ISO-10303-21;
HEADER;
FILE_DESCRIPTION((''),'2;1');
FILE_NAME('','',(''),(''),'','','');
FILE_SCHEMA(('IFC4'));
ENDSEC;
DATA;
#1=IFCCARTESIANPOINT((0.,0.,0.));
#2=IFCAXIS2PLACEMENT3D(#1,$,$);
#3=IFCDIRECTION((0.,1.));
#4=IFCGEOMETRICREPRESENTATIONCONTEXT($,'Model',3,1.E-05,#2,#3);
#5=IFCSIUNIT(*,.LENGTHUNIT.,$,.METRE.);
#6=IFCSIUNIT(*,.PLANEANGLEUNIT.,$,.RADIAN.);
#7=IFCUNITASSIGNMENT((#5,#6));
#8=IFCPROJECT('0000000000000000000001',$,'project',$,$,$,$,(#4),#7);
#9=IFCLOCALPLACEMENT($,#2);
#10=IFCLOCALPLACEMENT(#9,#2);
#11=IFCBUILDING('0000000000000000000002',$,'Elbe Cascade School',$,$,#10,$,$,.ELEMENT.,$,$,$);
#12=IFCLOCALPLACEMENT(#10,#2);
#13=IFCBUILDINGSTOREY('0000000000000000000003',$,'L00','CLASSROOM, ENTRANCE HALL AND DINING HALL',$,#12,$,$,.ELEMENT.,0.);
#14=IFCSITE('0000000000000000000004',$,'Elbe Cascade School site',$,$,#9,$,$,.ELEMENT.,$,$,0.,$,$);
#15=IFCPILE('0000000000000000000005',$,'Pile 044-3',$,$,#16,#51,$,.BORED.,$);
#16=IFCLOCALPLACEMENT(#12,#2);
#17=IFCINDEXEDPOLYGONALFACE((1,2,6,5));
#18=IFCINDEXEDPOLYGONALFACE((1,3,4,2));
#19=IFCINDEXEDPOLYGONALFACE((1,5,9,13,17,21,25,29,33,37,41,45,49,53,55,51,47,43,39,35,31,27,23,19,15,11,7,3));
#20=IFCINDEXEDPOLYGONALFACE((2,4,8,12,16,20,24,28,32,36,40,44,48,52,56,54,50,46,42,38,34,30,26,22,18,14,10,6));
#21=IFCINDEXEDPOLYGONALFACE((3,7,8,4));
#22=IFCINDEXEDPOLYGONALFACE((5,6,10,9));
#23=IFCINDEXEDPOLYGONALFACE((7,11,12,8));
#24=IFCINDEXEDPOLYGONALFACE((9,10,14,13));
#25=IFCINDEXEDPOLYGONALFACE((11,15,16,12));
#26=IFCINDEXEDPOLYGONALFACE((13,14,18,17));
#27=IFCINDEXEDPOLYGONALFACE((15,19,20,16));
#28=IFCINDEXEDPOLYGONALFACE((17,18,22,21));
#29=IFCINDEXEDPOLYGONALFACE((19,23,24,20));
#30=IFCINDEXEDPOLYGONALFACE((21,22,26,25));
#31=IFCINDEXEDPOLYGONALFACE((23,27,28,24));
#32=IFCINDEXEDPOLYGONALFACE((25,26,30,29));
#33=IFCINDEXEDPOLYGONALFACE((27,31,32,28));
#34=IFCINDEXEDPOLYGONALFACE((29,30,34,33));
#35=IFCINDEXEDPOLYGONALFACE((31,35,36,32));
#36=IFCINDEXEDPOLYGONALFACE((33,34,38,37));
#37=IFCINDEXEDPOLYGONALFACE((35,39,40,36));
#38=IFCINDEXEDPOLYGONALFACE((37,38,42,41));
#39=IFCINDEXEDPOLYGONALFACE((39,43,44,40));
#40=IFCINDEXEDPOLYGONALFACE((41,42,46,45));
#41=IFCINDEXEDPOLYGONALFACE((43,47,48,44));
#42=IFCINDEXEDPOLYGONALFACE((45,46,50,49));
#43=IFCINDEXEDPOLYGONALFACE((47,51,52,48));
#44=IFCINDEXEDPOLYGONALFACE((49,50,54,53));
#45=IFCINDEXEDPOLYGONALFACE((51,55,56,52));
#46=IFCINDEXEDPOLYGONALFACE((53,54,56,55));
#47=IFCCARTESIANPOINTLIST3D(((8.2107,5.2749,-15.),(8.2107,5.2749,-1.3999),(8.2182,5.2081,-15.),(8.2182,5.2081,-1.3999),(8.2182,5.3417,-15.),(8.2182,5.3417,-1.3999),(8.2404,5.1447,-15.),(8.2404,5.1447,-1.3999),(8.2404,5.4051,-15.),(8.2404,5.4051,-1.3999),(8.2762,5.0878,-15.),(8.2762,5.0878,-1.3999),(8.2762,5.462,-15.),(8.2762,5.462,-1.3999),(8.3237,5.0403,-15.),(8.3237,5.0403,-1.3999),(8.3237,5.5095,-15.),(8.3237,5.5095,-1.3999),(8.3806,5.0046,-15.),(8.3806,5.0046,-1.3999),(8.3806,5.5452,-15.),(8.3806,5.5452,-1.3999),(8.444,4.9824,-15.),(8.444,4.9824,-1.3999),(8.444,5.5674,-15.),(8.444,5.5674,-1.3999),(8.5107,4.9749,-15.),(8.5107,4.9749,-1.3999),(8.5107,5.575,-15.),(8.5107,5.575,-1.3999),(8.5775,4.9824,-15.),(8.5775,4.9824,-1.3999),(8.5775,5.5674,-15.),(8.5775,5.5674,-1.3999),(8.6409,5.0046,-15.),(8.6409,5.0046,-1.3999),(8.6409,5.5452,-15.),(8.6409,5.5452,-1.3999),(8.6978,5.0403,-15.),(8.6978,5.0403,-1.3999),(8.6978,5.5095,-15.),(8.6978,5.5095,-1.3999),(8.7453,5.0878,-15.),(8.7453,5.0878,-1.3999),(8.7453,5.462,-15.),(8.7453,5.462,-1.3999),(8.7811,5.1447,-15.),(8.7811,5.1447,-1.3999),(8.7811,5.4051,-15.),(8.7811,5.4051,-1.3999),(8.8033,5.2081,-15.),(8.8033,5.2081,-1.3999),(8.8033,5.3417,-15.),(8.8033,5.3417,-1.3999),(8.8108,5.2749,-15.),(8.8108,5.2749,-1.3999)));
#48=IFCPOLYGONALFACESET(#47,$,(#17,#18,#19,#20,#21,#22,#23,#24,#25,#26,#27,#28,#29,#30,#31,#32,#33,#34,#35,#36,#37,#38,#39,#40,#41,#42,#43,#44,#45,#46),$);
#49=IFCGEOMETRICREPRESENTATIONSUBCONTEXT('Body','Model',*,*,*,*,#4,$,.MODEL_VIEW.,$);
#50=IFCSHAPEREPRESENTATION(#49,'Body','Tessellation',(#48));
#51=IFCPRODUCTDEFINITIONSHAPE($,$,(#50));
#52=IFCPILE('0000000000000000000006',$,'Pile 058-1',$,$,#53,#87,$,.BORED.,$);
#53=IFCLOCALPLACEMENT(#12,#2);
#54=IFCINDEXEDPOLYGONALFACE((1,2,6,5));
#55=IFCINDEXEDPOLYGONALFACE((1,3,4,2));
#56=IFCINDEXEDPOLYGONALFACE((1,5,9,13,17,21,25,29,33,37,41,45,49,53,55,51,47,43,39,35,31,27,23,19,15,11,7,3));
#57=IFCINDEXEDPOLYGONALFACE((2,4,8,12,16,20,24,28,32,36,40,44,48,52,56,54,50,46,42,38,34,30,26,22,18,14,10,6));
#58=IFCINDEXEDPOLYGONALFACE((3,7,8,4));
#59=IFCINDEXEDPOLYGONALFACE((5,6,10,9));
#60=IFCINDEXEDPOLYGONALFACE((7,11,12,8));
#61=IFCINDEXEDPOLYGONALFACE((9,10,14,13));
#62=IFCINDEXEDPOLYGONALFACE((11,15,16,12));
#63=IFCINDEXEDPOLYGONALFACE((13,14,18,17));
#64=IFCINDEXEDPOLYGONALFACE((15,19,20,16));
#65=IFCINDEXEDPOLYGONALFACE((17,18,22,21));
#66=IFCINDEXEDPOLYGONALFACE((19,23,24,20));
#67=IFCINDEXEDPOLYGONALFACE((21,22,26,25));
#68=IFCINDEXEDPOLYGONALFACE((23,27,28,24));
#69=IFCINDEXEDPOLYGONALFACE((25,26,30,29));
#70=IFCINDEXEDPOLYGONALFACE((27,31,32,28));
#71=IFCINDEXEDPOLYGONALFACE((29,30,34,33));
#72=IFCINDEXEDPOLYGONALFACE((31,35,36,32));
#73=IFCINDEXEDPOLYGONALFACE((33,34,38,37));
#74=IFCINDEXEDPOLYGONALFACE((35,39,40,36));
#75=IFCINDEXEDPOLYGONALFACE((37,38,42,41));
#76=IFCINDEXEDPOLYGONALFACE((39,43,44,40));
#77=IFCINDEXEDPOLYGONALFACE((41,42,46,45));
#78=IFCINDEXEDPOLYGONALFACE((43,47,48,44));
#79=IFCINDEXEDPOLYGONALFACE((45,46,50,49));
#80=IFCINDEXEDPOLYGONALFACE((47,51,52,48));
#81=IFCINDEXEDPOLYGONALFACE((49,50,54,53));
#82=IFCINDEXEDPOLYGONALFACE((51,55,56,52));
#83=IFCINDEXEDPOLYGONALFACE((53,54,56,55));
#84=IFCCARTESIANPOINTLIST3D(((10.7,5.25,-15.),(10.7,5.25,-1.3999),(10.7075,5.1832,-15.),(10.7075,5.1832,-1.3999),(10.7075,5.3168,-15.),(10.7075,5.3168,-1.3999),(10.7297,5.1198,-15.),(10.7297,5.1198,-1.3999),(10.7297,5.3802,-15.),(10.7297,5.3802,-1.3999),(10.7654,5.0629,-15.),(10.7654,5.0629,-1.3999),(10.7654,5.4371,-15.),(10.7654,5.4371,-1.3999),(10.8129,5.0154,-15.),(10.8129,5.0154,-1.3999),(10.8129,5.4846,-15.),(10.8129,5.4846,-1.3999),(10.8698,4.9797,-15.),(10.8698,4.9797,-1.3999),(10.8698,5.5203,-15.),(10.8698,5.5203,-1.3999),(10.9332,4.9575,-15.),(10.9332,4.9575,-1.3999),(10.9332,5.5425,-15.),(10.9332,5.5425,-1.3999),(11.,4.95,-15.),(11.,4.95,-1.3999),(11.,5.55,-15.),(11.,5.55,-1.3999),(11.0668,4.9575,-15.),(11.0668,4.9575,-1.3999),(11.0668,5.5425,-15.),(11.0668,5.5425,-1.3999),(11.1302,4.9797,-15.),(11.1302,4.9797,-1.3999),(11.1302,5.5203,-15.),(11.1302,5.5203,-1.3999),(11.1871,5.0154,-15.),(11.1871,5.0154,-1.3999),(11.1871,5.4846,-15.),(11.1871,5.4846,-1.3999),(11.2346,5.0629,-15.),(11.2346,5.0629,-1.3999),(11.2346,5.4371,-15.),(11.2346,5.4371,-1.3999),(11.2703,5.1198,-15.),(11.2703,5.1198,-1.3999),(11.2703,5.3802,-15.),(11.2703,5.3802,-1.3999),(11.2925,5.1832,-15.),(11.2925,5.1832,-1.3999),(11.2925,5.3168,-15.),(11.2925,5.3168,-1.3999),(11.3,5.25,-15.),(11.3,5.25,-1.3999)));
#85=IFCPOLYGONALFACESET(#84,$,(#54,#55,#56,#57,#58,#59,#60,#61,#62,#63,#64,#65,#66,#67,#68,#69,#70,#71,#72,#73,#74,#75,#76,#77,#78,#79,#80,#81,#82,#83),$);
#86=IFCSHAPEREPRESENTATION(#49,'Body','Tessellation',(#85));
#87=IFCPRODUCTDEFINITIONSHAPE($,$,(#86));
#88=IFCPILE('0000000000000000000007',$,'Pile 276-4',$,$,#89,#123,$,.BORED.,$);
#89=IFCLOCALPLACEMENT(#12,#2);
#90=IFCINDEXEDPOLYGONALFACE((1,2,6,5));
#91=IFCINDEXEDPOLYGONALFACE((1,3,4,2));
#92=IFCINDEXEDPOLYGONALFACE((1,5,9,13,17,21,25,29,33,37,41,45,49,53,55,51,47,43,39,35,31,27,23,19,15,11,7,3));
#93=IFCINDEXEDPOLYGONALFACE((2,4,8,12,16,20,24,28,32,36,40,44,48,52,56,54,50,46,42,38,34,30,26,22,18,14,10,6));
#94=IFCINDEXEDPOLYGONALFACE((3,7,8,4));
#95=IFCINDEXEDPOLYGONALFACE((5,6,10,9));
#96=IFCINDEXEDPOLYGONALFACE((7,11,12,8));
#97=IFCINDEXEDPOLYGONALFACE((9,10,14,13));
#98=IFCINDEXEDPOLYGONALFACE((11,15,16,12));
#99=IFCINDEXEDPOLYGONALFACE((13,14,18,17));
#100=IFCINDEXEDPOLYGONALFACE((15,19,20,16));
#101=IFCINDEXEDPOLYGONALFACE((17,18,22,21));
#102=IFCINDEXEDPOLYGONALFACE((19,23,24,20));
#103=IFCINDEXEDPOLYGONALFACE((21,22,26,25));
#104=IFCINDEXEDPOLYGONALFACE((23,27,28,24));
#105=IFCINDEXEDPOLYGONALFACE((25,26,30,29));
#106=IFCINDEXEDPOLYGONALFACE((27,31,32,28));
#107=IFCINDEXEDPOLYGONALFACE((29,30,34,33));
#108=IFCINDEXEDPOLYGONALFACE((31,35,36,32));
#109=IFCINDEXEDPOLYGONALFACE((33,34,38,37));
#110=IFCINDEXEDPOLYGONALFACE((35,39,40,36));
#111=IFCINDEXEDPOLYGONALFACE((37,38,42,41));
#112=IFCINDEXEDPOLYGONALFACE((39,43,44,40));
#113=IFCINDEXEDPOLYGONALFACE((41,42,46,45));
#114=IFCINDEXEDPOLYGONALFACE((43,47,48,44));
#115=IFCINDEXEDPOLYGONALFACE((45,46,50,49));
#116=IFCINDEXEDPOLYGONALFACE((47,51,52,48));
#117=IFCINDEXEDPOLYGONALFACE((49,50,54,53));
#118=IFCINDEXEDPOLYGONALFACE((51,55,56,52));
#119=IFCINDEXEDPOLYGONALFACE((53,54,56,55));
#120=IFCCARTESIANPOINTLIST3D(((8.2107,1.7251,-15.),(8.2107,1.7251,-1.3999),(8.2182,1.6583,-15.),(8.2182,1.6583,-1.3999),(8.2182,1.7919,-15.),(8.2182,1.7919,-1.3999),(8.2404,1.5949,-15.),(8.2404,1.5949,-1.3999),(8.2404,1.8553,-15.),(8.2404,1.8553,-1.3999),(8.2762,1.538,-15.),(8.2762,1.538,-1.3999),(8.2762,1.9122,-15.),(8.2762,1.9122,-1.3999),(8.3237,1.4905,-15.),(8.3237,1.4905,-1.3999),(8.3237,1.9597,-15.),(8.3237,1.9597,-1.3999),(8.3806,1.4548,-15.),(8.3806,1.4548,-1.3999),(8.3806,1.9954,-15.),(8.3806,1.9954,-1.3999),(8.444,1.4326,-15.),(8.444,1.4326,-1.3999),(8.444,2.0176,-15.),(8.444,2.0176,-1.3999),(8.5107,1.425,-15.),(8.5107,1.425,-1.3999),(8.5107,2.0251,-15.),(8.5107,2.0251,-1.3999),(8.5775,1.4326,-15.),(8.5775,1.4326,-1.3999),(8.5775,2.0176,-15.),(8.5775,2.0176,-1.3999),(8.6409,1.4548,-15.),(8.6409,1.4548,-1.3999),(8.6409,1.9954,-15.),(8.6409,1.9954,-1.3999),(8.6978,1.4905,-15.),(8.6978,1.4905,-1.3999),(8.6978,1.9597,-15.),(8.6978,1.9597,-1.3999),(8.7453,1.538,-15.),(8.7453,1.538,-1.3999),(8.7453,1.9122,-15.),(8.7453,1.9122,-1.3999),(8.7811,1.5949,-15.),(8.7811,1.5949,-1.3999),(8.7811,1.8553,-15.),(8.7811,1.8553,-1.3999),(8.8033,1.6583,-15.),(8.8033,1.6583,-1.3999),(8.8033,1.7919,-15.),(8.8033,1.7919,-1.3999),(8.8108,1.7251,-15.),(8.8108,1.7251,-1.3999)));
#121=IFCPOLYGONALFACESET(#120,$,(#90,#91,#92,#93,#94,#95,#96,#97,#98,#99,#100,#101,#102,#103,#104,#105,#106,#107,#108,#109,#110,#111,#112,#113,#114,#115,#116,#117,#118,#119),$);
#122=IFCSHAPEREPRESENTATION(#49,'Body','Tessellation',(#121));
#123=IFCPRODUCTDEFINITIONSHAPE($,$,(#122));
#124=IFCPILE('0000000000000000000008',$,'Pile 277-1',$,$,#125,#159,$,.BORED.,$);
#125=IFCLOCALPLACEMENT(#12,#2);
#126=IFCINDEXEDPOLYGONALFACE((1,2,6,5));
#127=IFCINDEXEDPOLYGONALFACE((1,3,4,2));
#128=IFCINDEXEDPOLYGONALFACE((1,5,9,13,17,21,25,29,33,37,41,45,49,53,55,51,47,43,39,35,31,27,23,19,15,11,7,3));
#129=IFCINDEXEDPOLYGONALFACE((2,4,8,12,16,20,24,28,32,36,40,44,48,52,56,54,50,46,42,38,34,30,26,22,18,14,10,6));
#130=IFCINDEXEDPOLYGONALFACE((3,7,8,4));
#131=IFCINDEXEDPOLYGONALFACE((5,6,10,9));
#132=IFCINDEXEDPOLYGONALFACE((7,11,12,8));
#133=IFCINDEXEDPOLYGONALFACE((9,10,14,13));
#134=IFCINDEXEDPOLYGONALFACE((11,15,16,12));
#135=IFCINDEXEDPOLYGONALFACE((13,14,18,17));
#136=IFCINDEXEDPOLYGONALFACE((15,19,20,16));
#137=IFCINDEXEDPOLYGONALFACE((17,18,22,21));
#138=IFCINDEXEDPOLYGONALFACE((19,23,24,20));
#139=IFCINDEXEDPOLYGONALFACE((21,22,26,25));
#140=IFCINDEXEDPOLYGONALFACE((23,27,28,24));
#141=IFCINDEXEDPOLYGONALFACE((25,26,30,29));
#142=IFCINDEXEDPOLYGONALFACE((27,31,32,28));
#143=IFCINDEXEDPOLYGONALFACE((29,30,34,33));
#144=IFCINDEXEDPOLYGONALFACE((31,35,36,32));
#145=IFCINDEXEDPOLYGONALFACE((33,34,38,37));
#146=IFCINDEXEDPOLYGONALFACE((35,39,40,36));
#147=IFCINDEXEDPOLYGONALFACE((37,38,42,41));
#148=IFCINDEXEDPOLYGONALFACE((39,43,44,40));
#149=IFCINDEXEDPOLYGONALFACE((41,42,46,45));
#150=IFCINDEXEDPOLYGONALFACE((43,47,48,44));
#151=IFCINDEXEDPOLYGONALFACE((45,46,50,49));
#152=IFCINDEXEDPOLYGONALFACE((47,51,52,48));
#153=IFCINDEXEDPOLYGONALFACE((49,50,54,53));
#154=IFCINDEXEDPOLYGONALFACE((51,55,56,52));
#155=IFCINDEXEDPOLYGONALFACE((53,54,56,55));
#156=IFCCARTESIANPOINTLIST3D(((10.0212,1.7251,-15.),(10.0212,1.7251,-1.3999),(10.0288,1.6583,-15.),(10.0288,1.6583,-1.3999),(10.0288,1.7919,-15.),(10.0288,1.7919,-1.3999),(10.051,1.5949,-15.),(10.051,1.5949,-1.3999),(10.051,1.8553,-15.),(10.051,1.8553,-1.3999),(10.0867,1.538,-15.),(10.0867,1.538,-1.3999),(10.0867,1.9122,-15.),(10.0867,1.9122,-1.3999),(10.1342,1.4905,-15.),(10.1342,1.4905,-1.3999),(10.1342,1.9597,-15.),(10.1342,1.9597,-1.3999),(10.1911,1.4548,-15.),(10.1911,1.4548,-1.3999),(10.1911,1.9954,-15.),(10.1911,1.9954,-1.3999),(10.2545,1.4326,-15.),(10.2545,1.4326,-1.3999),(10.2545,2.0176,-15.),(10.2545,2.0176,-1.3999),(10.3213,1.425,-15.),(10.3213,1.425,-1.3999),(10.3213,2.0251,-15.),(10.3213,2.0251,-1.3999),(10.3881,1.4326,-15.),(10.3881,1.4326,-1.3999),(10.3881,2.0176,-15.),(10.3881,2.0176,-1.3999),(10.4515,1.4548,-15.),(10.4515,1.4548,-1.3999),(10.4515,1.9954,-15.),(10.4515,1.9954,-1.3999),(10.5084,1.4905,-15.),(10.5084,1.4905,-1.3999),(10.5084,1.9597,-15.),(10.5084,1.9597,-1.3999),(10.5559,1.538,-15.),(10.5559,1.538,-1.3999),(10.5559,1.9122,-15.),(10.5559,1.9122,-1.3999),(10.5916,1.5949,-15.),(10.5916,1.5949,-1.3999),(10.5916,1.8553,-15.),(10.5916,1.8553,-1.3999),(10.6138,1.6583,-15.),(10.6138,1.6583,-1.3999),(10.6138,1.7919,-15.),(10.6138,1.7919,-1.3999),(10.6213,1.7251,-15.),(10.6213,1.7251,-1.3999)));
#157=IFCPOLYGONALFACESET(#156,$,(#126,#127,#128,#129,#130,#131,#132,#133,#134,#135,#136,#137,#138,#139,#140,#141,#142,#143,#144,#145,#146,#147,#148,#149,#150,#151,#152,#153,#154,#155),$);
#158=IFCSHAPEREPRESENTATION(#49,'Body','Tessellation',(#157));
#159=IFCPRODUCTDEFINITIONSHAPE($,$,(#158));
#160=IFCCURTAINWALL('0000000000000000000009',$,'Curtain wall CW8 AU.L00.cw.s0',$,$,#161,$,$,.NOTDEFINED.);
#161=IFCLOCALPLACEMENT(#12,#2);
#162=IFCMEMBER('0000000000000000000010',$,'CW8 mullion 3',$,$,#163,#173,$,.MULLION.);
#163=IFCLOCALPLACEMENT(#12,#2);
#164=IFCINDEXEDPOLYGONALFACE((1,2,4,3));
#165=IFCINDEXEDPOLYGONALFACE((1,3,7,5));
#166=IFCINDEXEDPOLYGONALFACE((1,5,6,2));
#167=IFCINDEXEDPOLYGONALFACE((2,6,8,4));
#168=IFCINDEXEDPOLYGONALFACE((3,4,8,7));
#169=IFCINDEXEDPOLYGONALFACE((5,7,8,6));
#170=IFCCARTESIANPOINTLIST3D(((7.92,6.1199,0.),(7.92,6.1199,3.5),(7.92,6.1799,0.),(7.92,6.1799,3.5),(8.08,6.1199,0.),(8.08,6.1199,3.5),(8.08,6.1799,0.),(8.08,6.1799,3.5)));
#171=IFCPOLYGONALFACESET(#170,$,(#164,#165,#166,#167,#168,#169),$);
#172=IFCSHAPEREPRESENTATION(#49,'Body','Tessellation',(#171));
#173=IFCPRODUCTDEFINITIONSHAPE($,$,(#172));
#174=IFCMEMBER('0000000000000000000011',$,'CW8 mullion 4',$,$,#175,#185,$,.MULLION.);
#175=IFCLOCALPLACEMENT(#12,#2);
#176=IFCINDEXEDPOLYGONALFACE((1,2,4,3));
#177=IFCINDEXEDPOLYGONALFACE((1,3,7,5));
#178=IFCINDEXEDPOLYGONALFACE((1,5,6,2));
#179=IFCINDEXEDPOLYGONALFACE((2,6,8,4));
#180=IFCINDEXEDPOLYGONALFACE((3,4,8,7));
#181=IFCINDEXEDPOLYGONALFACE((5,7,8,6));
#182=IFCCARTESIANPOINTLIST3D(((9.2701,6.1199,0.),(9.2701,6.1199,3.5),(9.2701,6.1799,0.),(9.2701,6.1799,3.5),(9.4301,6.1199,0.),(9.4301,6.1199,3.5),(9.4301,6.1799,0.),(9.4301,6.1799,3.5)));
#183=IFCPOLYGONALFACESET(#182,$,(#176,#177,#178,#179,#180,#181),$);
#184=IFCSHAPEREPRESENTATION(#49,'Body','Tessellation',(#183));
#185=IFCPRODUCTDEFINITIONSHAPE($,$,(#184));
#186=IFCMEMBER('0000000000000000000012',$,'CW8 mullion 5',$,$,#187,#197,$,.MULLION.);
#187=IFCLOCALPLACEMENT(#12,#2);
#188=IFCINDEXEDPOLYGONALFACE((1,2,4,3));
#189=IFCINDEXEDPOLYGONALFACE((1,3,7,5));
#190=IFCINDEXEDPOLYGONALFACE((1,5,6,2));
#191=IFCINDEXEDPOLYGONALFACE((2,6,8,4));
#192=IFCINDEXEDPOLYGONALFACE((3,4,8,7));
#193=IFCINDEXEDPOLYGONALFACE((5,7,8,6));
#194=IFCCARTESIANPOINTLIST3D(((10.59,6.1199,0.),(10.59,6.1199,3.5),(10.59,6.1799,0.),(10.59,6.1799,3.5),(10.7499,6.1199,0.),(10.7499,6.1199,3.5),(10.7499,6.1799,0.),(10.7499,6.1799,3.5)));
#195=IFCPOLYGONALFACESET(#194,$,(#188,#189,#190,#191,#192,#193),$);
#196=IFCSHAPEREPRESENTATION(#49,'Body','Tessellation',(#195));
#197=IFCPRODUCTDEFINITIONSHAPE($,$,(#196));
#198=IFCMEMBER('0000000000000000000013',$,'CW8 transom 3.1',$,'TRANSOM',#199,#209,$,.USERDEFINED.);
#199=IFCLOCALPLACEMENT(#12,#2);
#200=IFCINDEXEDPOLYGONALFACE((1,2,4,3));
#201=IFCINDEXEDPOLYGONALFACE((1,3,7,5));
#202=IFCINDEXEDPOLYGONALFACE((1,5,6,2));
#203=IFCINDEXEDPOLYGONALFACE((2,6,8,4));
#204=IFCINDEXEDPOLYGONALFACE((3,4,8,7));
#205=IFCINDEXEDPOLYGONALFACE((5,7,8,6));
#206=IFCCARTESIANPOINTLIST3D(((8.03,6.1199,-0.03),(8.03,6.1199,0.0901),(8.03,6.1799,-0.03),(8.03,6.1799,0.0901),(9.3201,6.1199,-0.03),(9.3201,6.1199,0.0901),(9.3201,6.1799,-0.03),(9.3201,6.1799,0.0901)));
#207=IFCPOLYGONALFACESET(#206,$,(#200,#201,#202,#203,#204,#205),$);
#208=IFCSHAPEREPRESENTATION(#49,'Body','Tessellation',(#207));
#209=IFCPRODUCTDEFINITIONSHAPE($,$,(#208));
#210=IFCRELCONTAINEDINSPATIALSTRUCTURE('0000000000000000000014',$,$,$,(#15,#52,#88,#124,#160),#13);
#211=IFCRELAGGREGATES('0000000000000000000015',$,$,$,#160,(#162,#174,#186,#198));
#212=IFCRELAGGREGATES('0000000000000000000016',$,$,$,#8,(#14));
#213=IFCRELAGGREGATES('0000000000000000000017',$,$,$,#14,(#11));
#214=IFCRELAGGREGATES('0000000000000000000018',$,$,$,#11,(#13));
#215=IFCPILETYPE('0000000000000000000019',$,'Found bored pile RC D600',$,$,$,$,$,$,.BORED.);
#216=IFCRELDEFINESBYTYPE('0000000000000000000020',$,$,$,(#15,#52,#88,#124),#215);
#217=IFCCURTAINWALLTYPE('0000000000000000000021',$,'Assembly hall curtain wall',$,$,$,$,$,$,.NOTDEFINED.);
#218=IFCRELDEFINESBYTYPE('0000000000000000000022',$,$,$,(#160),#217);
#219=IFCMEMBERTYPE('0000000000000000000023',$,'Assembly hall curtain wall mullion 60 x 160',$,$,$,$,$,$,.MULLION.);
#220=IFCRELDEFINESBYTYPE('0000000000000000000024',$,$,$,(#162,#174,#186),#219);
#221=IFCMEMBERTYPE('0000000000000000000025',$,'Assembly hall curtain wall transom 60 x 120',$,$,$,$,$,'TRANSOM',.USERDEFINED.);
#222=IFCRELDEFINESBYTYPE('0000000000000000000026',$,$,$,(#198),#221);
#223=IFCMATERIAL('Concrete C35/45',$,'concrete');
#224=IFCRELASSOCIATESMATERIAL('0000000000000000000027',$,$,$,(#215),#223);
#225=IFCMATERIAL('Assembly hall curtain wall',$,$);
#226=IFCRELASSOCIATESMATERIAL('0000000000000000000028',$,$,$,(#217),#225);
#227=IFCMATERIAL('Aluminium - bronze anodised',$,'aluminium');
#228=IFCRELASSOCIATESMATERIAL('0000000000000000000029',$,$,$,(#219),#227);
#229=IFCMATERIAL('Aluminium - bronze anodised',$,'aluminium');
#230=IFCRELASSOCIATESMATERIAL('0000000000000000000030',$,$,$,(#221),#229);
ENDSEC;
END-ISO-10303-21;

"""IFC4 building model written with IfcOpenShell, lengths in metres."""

from ifc_helpers import new_model, si_unit, direction, frame, origin, origin_2d, place, context, subcontext, project, spatial, rectangle, circle, extrude, material, material_profile, profile_set, type_object, element, aggregate, save


model = new_model("IFC4")

# Units and contexts
model_context = context("Model", 3, precision=1e-05, world=origin(), true_north=direction((0.0, 1.0)))
body_context = subcontext(model_context, "Body", "Model", "MODEL_VIEW")
ifc_project = project(units=[si_unit("LENGTHUNIT", "METRE"), si_unit("PLANEANGLEUNIT", "RADIAN")], contexts=[model_context])

# Site, building, storey
site_placement = place(None, origin())
site = spatial("IfcSite", under=ifc_project, at=site_placement, Name="Elbe Cascade School site", CompositionType="ELEMENT", RefElevation=0.0)
building_placement = place(site_placement, origin())
building = spatial("IfcBuilding", under=site, at=building_placement, Name="Elbe Cascade School", CompositionType="ELEMENT")
storey_placement = place(building_placement, origin())
storey = spatial("IfcBuildingStorey", under=building, at=storey_placement, Name="L00", Description="CLASSROOM, ENTRANCE HALL AND DINING HALL", CompositionType="ELEMENT", Elevation=0.0)

# Piles
ifc_material_1 = material(Name="Concrete C35/45", Category="concrete")
ifc_material_profile_1 = material_profile(ifc_material_1, circle(Radius=0.3, at=origin_2d()), Name="RC D600")
ifc_profile_set_1 = profile_set([ifc_material_profile_1], Name="Concrete C35/45")
pile_type = type_object("IfcPileType", Name="Found bored pile RC D600", PredefinedType="BORED", material=ifc_profile_set_1)
for number, where, z_axis, x_axis, name in (
    (1, (8.5107, 5.2749, -1.3999), (0.0, 0.0, -1.0), (1.0, 0.0, 0.0), "Pile 044-3"),
    (2, (11.0, 5.25, -1.3999), (0.0, 0.0, -1.0), (1.0, 0.0, 0.0), "Pile 058-1"),
    (3, (8.5107, 1.7251, -1.3999), (0.0, 0.0, -1.0), (1.0, 0.0, 0.0), "Pile 276-4"),
    (4, (10.3213, 1.7251, -1.3999), (0.0, 0.0, -1.0), (1.0, 0.0, 0.0), "Pile 277-1"),
):
    element("IfcPile", number, at=place(storey_placement, frame(where, z_axis=z_axis, x_axis=x_axis)), inside=storey, type_object=pile_type, Name=name, PredefinedType="BORED", context=body_context, shape_type="SweptSolid", body=[
        extrude(circle(Radius=0.3, at=origin_2d()), origin(), (0.0, 0.0, 1.0), 13.6001),
    ])

# Curtain wall, members
ifc_material_2 = material(Name="Assembly hall curtain wall")
curtain_wall_type = type_object("IfcCurtainWallType", Name="Assembly hall curtain wall", PredefinedType="NOTDEFINED", material=ifc_material_2)
curtain_wall_placement = place(storey_placement, origin())
curtain_wall = element("IfcCurtainWall", 5, at=curtain_wall_placement, inside=storey, type_object=curtain_wall_type, Name="Curtain wall CW8 AU.L00.cw.s0", PredefinedType="NOTDEFINED")
ifc_material_3 = material(Name="Aluminium - bronze anodised", Category="aluminium")
ifc_material_profile_2 = material_profile(ifc_material_3, rectangle(XDim=0.0601, YDim=0.1599, at=origin_2d()), Name="RECT 60x160")
ifc_profile_set_2 = profile_set([ifc_material_profile_2], Name="Aluminium - bronze anodised")
member_type_1 = type_object("IfcMemberType", Name="Assembly hall curtain wall mullion 60 x 160", PredefinedType="MULLION", material=ifc_profile_set_2)
member_1_placement = place(storey_placement, frame((8.0, 6.1499, 0.0), z_axis=(0.0, 0.0, 1.0), x_axis=(0.0, 1.0, 0.0)))
member_1 = element("IfcMember", 6, at=member_1_placement, type_object=member_type_1, Name="CW8 mullion 3", PredefinedType="MULLION", context=body_context, shape_type="SweptSolid", body=[
    extrude(rectangle(XDim=0.0601, YDim=0.1599, at=origin_2d()), origin(), (0.0, 0.0, 1.0), 3.5),
])
member_2_placement = place(storey_placement, frame((9.3501, 6.1499, 0.0), z_axis=(0.0, 0.0, 1.0), x_axis=(0.0, 1.0, 0.0)))
member_2 = element("IfcMember", 7, at=member_2_placement, type_object=member_type_1, Name="CW8 mullion 4", PredefinedType="MULLION", context=body_context, shape_type="SweptSolid", body=[
    extrude(rectangle(XDim=0.0601, YDim=0.1599, at=origin_2d()), origin(), (0.0, 0.0, 1.0), 3.5),
])
member_3_placement = place(storey_placement, frame((10.6699, 6.1499, 0.0), z_axis=(0.0, 0.0, 1.0), x_axis=(0.0, 1.0, 0.0)))
member_3 = element("IfcMember", 8, at=member_3_placement, type_object=member_type_1, Name="CW8 mullion 5", PredefinedType="MULLION", context=body_context, shape_type="SweptSolid", body=[
    extrude(rectangle(XDim=0.0601, YDim=0.1599, at=origin_2d()), origin(), (0.0, 0.0, 1.0), 3.5),
])
ifc_material_4 = material(Name="Aluminium - bronze anodised", Category="aluminium")
ifc_material_profile_3 = material_profile(ifc_material_4, rectangle(XDim=0.0601, YDim=0.1201, at=origin_2d()), Name="RECT 60x120")
ifc_profile_set_3 = profile_set([ifc_material_profile_3], Name="Aluminium - bronze anodised")
member_type_2 = type_object("IfcMemberType", Name="Assembly hall curtain wall transom 60 x 120", ElementType="TRANSOM", PredefinedType="USERDEFINED", material=ifc_profile_set_3)
member_4_placement = place(storey_placement, frame((8.03, 6.1499, 0.03), z_axis=(1.0, 0.0, 0.0), x_axis=(0.0, 1.0, 0.0)))
member_4 = element("IfcMember", 9, at=member_4_placement, type_object=member_type_2, Name="CW8 transom 3.1", ObjectType="TRANSOM", PredefinedType="USERDEFINED", context=body_context, shape_type="SweptSolid", body=[
    extrude(rectangle(XDim=0.0601, YDim=0.1201, at=origin_2d()), origin(), (0.0, 0.0, 1.0), 1.29),
])
aggregate(curtain_wall, [member_1, member_2, member_3, member_4])

save(model, "model.ifc")
